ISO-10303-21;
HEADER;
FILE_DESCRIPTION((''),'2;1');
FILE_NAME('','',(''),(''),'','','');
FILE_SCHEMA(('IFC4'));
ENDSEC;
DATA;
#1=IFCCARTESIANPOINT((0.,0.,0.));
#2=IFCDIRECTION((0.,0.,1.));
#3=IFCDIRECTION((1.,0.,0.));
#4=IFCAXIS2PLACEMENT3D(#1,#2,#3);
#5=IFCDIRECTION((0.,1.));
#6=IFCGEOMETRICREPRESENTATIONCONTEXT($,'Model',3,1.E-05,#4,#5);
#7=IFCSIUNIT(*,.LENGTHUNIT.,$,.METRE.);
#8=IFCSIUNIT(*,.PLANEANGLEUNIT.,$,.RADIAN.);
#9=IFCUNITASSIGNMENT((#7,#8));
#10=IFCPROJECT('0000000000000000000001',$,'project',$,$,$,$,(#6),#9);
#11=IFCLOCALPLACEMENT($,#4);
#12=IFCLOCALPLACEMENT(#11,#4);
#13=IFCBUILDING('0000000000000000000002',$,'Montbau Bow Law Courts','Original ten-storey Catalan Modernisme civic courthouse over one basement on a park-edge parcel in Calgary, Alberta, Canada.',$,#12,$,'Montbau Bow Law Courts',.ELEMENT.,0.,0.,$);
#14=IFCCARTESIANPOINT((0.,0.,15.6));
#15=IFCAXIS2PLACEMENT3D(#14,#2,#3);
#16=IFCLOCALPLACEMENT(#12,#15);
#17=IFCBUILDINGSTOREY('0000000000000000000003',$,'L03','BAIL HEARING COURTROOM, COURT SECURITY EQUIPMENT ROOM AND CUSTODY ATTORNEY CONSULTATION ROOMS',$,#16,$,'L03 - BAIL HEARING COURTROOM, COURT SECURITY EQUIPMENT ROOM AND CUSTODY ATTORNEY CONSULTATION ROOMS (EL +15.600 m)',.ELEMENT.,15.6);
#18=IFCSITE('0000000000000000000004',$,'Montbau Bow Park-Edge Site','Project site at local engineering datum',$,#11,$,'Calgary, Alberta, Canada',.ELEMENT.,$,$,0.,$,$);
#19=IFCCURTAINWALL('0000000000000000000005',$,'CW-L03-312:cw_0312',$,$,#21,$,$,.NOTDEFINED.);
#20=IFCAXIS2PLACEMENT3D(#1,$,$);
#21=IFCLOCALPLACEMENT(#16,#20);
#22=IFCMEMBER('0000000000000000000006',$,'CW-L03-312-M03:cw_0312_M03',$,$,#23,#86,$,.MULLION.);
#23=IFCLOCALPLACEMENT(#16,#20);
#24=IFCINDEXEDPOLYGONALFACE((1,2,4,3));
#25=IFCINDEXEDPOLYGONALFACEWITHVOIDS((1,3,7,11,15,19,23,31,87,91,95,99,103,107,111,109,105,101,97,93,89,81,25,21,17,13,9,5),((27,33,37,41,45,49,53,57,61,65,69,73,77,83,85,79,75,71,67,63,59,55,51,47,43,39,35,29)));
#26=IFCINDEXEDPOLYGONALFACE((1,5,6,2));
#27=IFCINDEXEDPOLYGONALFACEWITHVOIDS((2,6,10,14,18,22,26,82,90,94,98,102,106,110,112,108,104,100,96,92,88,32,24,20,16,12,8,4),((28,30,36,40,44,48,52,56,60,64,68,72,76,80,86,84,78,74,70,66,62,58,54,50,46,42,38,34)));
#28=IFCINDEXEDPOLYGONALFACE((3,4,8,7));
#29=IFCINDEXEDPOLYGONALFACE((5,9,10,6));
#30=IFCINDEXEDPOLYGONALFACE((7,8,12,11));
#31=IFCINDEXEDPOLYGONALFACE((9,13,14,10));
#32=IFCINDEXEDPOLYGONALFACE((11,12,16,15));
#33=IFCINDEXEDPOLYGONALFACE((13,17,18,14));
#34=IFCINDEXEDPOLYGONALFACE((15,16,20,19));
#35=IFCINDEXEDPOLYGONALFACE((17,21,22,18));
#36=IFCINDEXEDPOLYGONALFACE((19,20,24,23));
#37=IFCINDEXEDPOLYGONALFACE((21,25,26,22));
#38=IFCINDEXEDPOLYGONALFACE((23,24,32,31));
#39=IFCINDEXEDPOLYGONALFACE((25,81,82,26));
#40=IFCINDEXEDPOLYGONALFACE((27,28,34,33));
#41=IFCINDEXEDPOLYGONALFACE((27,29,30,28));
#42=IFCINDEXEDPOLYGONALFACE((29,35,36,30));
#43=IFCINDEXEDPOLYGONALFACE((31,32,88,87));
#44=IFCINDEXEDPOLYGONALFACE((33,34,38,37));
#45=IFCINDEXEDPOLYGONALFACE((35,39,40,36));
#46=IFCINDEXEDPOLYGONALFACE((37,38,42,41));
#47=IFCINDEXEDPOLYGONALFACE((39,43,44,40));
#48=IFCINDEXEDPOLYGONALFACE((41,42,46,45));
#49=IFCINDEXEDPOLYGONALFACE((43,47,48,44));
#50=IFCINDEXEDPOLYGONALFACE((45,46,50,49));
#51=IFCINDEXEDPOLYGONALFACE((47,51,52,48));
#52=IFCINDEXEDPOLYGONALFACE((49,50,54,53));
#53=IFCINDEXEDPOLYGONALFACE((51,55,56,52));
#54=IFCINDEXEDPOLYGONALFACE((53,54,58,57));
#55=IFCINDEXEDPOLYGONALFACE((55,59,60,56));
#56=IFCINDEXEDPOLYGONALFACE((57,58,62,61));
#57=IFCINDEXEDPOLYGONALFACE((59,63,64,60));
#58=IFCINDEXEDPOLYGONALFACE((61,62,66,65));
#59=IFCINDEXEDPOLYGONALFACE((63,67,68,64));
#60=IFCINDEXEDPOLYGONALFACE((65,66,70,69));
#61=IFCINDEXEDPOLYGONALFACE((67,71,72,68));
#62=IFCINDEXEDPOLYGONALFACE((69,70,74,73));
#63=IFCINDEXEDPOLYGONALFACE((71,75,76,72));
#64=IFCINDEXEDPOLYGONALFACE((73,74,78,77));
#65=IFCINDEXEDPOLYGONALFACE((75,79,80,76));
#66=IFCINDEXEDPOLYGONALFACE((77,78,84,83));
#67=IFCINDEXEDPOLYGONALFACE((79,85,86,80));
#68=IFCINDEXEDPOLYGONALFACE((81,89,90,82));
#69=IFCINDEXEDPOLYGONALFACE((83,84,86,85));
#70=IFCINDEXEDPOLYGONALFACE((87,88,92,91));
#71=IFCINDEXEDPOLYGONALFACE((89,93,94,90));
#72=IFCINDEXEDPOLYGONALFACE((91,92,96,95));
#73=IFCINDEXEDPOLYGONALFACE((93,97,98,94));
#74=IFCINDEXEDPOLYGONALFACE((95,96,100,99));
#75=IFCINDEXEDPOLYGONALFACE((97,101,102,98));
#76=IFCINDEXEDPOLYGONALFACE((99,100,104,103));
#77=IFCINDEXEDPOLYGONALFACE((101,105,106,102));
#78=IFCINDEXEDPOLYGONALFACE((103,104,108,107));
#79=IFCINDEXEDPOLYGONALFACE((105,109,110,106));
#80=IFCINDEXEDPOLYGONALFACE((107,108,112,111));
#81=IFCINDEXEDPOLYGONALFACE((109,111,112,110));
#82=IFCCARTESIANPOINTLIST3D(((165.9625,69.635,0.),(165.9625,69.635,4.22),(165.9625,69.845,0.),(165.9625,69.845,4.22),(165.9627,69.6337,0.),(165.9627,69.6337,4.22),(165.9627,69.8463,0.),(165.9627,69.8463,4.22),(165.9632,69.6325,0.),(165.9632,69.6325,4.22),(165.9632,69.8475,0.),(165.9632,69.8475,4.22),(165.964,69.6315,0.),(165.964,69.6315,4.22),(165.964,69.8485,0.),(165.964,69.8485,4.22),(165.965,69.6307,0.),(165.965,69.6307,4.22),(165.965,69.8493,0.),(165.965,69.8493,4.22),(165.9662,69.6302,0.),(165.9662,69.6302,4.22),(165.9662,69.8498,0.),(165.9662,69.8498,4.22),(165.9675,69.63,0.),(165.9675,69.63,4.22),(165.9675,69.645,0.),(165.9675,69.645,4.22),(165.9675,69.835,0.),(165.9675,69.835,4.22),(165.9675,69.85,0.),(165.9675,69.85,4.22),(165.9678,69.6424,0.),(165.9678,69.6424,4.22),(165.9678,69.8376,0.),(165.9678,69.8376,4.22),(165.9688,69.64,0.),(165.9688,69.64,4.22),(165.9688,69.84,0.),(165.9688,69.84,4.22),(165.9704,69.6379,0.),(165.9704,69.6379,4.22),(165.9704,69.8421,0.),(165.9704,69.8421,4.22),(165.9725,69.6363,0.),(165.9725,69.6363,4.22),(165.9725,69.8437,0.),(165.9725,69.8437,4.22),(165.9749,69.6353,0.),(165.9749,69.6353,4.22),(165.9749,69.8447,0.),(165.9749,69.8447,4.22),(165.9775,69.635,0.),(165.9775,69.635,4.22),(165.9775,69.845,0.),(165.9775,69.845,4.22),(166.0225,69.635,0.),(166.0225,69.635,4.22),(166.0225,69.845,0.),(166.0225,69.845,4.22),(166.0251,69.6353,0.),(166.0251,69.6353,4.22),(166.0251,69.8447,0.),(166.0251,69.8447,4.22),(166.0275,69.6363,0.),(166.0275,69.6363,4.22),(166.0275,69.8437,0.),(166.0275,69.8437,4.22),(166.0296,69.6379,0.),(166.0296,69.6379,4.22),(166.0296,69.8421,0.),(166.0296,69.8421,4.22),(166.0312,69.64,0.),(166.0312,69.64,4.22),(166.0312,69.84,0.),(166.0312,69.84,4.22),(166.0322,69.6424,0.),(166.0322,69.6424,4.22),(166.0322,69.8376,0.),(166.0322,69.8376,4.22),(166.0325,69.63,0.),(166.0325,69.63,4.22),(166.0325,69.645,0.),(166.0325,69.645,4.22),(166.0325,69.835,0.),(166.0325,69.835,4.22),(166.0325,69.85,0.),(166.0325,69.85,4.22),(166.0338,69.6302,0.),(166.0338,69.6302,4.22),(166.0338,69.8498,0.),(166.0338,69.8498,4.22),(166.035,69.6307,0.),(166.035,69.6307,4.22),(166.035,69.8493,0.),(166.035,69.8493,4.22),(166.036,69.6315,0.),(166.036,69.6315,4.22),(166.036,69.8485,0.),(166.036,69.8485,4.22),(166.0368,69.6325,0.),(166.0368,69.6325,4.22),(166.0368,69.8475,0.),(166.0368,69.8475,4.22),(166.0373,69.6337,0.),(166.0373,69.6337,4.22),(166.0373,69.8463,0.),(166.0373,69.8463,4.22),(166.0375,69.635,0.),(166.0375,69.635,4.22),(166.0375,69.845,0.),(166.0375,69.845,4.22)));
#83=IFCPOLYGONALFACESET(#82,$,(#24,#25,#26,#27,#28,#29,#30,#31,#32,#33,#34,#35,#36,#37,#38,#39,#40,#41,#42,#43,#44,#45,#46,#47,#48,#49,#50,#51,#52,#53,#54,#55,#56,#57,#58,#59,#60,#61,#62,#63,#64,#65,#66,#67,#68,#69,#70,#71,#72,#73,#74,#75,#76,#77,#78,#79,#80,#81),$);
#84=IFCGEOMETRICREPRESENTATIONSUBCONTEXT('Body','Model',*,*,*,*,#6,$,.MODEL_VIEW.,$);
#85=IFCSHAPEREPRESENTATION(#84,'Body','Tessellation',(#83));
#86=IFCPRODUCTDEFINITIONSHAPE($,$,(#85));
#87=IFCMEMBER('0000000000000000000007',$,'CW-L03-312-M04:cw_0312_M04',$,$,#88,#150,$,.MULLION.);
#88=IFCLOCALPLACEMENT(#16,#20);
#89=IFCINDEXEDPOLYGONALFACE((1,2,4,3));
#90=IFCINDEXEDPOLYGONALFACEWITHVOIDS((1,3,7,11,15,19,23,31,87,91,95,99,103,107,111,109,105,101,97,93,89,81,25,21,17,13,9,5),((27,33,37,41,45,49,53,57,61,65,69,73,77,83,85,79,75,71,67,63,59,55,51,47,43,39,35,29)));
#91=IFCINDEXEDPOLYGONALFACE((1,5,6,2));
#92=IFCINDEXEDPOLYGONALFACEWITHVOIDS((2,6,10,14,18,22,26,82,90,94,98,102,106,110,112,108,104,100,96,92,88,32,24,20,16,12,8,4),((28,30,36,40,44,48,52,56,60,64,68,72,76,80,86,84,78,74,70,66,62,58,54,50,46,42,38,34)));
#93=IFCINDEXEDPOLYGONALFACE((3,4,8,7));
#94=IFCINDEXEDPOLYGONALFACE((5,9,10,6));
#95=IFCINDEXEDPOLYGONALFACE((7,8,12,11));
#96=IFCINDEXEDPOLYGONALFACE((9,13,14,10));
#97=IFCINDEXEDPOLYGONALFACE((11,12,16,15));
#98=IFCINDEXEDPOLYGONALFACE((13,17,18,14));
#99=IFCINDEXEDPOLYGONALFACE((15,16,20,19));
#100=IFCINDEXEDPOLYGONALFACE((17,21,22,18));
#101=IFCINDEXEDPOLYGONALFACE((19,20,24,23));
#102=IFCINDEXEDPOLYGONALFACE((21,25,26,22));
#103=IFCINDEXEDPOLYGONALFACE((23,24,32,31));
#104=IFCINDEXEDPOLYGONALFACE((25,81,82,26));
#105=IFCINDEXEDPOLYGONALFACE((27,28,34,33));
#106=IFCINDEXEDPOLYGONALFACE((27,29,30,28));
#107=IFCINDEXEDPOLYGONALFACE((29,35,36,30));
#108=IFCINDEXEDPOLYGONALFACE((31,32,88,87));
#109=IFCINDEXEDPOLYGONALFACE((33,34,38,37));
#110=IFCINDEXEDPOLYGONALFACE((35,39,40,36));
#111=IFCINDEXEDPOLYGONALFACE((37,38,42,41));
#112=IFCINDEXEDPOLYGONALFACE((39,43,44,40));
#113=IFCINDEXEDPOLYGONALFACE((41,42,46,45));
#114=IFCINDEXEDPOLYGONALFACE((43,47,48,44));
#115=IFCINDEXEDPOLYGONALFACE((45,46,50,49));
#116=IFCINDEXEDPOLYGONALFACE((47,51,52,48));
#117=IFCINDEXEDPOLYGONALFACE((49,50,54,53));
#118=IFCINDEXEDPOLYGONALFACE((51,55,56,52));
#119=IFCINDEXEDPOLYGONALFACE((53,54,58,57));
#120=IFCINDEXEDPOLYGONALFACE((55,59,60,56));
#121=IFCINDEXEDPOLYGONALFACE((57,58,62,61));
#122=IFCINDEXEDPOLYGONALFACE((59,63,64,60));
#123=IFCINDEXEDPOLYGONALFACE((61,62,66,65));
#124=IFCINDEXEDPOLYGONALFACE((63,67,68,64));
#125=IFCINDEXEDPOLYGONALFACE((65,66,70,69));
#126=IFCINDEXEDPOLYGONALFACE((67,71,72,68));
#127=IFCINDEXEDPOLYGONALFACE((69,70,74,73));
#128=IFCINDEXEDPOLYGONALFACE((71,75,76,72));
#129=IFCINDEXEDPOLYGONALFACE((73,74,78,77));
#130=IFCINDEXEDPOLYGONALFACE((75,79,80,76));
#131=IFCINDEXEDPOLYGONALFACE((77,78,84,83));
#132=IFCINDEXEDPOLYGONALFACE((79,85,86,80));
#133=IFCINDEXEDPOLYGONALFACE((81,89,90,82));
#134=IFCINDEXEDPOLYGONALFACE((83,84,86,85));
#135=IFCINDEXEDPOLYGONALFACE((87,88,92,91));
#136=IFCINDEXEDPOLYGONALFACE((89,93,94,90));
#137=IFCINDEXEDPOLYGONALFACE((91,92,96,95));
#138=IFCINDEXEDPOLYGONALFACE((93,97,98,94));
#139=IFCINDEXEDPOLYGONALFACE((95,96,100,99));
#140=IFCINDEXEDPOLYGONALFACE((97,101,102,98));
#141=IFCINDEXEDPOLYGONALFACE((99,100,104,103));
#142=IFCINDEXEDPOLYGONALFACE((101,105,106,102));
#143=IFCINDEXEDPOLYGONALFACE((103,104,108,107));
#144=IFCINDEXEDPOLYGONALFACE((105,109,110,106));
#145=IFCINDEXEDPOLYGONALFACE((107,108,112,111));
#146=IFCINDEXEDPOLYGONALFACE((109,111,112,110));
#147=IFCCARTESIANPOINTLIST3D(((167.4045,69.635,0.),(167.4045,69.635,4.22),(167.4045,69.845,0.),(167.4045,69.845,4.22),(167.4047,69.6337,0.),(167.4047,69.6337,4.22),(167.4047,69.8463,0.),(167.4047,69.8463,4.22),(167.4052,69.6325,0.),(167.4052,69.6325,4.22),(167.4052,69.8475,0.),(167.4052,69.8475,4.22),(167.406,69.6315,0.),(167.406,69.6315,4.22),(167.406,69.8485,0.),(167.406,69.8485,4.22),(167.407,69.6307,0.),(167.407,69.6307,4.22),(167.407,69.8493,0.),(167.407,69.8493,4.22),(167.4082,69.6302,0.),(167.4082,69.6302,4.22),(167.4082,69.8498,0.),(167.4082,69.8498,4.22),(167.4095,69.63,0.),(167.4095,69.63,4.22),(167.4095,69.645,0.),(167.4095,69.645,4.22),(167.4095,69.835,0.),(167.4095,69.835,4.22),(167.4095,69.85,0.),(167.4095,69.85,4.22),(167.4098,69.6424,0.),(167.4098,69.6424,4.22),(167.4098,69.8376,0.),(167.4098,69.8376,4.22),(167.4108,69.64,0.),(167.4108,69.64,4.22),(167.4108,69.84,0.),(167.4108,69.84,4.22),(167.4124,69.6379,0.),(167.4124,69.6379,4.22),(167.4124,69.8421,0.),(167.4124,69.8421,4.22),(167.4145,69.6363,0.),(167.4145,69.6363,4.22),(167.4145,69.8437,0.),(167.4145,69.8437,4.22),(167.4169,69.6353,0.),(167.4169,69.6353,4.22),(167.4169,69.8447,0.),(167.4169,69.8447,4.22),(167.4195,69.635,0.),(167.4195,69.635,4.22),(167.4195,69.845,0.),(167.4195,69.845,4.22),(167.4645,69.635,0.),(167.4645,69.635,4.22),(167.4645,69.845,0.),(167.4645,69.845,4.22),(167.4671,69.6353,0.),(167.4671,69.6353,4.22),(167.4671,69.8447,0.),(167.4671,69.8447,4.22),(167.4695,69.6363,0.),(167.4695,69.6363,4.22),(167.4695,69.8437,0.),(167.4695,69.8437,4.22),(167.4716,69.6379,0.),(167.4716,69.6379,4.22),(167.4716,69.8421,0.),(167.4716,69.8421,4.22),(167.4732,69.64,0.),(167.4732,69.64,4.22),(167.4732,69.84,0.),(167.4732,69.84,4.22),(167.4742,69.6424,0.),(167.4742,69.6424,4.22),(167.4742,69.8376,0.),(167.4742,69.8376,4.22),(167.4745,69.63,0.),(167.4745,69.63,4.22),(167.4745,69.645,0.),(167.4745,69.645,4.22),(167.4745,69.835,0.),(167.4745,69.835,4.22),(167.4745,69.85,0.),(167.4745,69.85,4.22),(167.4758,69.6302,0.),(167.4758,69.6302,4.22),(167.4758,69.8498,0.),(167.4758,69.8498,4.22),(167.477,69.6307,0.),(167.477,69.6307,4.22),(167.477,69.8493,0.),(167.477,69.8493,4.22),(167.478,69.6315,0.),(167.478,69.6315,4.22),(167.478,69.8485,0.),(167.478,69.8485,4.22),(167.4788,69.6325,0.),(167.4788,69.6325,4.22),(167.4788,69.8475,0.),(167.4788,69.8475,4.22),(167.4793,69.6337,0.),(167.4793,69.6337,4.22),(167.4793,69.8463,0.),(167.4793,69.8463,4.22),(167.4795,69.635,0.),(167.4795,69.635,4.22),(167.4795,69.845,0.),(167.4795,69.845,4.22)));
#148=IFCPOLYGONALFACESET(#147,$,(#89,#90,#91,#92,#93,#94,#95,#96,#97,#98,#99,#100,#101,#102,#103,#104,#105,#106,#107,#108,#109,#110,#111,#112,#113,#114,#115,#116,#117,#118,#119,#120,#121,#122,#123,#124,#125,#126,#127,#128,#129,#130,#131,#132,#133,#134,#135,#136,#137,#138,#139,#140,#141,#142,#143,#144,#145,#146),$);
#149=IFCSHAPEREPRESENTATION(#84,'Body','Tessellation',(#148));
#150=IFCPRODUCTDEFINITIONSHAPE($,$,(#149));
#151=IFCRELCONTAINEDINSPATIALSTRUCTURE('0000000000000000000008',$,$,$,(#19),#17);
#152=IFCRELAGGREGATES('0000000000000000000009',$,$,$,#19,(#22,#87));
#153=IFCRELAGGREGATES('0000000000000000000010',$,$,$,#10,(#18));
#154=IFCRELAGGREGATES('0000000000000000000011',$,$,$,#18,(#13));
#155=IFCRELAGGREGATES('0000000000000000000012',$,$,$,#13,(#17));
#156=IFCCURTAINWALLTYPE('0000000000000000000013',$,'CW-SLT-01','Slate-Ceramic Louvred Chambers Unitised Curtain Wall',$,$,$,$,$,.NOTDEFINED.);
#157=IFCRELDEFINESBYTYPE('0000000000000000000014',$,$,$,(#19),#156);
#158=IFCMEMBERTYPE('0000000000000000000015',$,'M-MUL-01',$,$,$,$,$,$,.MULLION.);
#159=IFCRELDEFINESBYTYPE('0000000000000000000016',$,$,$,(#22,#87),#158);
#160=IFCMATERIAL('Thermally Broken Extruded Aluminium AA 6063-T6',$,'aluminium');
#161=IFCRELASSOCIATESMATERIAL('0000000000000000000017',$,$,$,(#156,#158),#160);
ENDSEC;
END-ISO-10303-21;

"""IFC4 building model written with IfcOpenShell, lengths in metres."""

from ifc_helpers import new_model, si_unit, direction, frame, origin_with_axes, origin_2d_with_axis, place, context, subcontext, project, spatial, hollow_rectangle, extrude, material, material_profile, profile_set, type_object, element, aggregate, save


model = new_model("IFC4")

# Units and contexts
model_context = context("Model", 3, precision=1e-05, world=origin_with_axes(), true_north=direction((0.0, 1.0)))
body_context = subcontext(model_context, "Body", "Model", "MODEL_VIEW")
ifc_project = project(units=[si_unit("LENGTHUNIT", "METRE"), si_unit("PLANEANGLEUNIT", "RADIAN")], contexts=[model_context])

# Site, building, storey
site_placement = place(None, origin_with_axes())
site = spatial("IfcSite", under=ifc_project, at=site_placement, Name="Montbau Bow Park-Edge Site", Description="Project site at local engineering datum", LongName="Calgary, Alberta, Canada", CompositionType="ELEMENT", RefElevation=0.0)
building_placement = place(site_placement, origin_with_axes())
building = spatial("IfcBuilding", under=site, at=building_placement, Name="Montbau Bow Law Courts", Description="Original ten-storey Catalan Modernisme civic courthouse over one basement on a park-edge parcel in Calgary, Alberta, Canada.", LongName="Montbau Bow Law Courts", CompositionType="ELEMENT", ElevationOfRefHeight=0.0, ElevationOfTerrain=0.0)
storey_placement = place(building_placement, frame((0.0, 0.0, 15.6), z_axis=(0.0, 0.0, 1.0), x_axis=(1.0, 0.0, 0.0)))
storey = spatial("IfcBuildingStorey", under=building, at=storey_placement, Name="L03", Description="BAIL HEARING COURTROOM, COURT SECURITY EQUIPMENT ROOM AND CUSTODY ATTORNEY CONSULTATION ROOMS", LongName="L03 - BAIL HEARING COURTROOM, COURT SECURITY EQUIPMENT ROOM AND CUSTODY ATTORNEY CONSULTATION ROOMS (EL +15.600 m)", CompositionType="ELEMENT", Elevation=15.6)

# Curtain wall, members
ifc_material_1 = material(Name="Thermally Broken Extruded Aluminium AA 6063-T6", Category="aluminium")
curtain_wall_type = type_object("IfcCurtainWallType", Name="CW-SLT-01", Description="Slate-Ceramic Louvred Chambers Unitised Curtain Wall", PredefinedType="NOTDEFINED", material=ifc_material_1)
curtain_wall_1_placement = place(None, frame((163.115, 69.74, 15.6), z_axis=(0.0, 0.0, 1.0), x_axis=(1.0, 0.0, 0.0)))
curtain_wall_1 = element("IfcCurtainWall", 1, at=curtain_wall_1_placement, inside=storey, type_object=curtain_wall_type, Name="CW-L03-312:cw_0312", PredefinedType="NOTDEFINED")
ifc_material_profile_1 = material_profile(ifc_material_1, hollow_rectangle(XDim=0.075, YDim=0.22, WallThickness=0.005, InnerFilletRadius=0.01, OuterFilletRadius=0.005, at=origin_2d_with_axis()), Name="CWM-220X75", Category="Main", Priority=0)
ifc_profile_set_1 = profile_set([ifc_material_profile_1], Name="Thermally Broken Extruded Aluminium AA 6063-T6")
member_type_1 = type_object("IfcMemberType", Name="M-MUL-01", PredefinedType="MULLION", material=ifc_profile_set_1)
member_1_placement = place(None, frame((166.0, 69.74, 15.6), z_axis=(0.0, 0.0, 1.0), x_axis=(1.0, 0.0, 0.0)))
member_1 = element("IfcMember", 2, at=member_1_placement, type_object=member_type_1, Name="CW-L03-312-M03:cw_0312_M03", PredefinedType="MULLION", context=body_context, shape_type="SweptSolid", body=[
    extrude(hollow_rectangle(XDim=0.075, YDim=0.22, WallThickness=0.005, InnerFilletRadius=0.01, OuterFilletRadius=0.005, at=origin_2d_with_axis()), origin_with_axes(), (0.0, 0.0, 1.0), 4.22),
])
member_2_placement = place(None, frame((167.442, 69.74, 15.6), z_axis=(0.0, 0.0, 1.0), x_axis=(1.0, 0.0, 0.0)))
member_2 = element("IfcMember", 3, at=member_2_placement, type_object=member_type_1, Name="CW-L03-312-M04:cw_0312_M04", PredefinedType="MULLION", context=body_context, shape_type="SweptSolid", body=[
    extrude(hollow_rectangle(XDim=0.075, YDim=0.22, WallThickness=0.005, InnerFilletRadius=0.01, OuterFilletRadius=0.005, at=origin_2d_with_axis()), origin_with_axes(), (0.0, 0.0, 1.0), 4.22),
])

aggregate(curtain_wall_1, [member_1, member_2])

save(model, "model.ifc")
